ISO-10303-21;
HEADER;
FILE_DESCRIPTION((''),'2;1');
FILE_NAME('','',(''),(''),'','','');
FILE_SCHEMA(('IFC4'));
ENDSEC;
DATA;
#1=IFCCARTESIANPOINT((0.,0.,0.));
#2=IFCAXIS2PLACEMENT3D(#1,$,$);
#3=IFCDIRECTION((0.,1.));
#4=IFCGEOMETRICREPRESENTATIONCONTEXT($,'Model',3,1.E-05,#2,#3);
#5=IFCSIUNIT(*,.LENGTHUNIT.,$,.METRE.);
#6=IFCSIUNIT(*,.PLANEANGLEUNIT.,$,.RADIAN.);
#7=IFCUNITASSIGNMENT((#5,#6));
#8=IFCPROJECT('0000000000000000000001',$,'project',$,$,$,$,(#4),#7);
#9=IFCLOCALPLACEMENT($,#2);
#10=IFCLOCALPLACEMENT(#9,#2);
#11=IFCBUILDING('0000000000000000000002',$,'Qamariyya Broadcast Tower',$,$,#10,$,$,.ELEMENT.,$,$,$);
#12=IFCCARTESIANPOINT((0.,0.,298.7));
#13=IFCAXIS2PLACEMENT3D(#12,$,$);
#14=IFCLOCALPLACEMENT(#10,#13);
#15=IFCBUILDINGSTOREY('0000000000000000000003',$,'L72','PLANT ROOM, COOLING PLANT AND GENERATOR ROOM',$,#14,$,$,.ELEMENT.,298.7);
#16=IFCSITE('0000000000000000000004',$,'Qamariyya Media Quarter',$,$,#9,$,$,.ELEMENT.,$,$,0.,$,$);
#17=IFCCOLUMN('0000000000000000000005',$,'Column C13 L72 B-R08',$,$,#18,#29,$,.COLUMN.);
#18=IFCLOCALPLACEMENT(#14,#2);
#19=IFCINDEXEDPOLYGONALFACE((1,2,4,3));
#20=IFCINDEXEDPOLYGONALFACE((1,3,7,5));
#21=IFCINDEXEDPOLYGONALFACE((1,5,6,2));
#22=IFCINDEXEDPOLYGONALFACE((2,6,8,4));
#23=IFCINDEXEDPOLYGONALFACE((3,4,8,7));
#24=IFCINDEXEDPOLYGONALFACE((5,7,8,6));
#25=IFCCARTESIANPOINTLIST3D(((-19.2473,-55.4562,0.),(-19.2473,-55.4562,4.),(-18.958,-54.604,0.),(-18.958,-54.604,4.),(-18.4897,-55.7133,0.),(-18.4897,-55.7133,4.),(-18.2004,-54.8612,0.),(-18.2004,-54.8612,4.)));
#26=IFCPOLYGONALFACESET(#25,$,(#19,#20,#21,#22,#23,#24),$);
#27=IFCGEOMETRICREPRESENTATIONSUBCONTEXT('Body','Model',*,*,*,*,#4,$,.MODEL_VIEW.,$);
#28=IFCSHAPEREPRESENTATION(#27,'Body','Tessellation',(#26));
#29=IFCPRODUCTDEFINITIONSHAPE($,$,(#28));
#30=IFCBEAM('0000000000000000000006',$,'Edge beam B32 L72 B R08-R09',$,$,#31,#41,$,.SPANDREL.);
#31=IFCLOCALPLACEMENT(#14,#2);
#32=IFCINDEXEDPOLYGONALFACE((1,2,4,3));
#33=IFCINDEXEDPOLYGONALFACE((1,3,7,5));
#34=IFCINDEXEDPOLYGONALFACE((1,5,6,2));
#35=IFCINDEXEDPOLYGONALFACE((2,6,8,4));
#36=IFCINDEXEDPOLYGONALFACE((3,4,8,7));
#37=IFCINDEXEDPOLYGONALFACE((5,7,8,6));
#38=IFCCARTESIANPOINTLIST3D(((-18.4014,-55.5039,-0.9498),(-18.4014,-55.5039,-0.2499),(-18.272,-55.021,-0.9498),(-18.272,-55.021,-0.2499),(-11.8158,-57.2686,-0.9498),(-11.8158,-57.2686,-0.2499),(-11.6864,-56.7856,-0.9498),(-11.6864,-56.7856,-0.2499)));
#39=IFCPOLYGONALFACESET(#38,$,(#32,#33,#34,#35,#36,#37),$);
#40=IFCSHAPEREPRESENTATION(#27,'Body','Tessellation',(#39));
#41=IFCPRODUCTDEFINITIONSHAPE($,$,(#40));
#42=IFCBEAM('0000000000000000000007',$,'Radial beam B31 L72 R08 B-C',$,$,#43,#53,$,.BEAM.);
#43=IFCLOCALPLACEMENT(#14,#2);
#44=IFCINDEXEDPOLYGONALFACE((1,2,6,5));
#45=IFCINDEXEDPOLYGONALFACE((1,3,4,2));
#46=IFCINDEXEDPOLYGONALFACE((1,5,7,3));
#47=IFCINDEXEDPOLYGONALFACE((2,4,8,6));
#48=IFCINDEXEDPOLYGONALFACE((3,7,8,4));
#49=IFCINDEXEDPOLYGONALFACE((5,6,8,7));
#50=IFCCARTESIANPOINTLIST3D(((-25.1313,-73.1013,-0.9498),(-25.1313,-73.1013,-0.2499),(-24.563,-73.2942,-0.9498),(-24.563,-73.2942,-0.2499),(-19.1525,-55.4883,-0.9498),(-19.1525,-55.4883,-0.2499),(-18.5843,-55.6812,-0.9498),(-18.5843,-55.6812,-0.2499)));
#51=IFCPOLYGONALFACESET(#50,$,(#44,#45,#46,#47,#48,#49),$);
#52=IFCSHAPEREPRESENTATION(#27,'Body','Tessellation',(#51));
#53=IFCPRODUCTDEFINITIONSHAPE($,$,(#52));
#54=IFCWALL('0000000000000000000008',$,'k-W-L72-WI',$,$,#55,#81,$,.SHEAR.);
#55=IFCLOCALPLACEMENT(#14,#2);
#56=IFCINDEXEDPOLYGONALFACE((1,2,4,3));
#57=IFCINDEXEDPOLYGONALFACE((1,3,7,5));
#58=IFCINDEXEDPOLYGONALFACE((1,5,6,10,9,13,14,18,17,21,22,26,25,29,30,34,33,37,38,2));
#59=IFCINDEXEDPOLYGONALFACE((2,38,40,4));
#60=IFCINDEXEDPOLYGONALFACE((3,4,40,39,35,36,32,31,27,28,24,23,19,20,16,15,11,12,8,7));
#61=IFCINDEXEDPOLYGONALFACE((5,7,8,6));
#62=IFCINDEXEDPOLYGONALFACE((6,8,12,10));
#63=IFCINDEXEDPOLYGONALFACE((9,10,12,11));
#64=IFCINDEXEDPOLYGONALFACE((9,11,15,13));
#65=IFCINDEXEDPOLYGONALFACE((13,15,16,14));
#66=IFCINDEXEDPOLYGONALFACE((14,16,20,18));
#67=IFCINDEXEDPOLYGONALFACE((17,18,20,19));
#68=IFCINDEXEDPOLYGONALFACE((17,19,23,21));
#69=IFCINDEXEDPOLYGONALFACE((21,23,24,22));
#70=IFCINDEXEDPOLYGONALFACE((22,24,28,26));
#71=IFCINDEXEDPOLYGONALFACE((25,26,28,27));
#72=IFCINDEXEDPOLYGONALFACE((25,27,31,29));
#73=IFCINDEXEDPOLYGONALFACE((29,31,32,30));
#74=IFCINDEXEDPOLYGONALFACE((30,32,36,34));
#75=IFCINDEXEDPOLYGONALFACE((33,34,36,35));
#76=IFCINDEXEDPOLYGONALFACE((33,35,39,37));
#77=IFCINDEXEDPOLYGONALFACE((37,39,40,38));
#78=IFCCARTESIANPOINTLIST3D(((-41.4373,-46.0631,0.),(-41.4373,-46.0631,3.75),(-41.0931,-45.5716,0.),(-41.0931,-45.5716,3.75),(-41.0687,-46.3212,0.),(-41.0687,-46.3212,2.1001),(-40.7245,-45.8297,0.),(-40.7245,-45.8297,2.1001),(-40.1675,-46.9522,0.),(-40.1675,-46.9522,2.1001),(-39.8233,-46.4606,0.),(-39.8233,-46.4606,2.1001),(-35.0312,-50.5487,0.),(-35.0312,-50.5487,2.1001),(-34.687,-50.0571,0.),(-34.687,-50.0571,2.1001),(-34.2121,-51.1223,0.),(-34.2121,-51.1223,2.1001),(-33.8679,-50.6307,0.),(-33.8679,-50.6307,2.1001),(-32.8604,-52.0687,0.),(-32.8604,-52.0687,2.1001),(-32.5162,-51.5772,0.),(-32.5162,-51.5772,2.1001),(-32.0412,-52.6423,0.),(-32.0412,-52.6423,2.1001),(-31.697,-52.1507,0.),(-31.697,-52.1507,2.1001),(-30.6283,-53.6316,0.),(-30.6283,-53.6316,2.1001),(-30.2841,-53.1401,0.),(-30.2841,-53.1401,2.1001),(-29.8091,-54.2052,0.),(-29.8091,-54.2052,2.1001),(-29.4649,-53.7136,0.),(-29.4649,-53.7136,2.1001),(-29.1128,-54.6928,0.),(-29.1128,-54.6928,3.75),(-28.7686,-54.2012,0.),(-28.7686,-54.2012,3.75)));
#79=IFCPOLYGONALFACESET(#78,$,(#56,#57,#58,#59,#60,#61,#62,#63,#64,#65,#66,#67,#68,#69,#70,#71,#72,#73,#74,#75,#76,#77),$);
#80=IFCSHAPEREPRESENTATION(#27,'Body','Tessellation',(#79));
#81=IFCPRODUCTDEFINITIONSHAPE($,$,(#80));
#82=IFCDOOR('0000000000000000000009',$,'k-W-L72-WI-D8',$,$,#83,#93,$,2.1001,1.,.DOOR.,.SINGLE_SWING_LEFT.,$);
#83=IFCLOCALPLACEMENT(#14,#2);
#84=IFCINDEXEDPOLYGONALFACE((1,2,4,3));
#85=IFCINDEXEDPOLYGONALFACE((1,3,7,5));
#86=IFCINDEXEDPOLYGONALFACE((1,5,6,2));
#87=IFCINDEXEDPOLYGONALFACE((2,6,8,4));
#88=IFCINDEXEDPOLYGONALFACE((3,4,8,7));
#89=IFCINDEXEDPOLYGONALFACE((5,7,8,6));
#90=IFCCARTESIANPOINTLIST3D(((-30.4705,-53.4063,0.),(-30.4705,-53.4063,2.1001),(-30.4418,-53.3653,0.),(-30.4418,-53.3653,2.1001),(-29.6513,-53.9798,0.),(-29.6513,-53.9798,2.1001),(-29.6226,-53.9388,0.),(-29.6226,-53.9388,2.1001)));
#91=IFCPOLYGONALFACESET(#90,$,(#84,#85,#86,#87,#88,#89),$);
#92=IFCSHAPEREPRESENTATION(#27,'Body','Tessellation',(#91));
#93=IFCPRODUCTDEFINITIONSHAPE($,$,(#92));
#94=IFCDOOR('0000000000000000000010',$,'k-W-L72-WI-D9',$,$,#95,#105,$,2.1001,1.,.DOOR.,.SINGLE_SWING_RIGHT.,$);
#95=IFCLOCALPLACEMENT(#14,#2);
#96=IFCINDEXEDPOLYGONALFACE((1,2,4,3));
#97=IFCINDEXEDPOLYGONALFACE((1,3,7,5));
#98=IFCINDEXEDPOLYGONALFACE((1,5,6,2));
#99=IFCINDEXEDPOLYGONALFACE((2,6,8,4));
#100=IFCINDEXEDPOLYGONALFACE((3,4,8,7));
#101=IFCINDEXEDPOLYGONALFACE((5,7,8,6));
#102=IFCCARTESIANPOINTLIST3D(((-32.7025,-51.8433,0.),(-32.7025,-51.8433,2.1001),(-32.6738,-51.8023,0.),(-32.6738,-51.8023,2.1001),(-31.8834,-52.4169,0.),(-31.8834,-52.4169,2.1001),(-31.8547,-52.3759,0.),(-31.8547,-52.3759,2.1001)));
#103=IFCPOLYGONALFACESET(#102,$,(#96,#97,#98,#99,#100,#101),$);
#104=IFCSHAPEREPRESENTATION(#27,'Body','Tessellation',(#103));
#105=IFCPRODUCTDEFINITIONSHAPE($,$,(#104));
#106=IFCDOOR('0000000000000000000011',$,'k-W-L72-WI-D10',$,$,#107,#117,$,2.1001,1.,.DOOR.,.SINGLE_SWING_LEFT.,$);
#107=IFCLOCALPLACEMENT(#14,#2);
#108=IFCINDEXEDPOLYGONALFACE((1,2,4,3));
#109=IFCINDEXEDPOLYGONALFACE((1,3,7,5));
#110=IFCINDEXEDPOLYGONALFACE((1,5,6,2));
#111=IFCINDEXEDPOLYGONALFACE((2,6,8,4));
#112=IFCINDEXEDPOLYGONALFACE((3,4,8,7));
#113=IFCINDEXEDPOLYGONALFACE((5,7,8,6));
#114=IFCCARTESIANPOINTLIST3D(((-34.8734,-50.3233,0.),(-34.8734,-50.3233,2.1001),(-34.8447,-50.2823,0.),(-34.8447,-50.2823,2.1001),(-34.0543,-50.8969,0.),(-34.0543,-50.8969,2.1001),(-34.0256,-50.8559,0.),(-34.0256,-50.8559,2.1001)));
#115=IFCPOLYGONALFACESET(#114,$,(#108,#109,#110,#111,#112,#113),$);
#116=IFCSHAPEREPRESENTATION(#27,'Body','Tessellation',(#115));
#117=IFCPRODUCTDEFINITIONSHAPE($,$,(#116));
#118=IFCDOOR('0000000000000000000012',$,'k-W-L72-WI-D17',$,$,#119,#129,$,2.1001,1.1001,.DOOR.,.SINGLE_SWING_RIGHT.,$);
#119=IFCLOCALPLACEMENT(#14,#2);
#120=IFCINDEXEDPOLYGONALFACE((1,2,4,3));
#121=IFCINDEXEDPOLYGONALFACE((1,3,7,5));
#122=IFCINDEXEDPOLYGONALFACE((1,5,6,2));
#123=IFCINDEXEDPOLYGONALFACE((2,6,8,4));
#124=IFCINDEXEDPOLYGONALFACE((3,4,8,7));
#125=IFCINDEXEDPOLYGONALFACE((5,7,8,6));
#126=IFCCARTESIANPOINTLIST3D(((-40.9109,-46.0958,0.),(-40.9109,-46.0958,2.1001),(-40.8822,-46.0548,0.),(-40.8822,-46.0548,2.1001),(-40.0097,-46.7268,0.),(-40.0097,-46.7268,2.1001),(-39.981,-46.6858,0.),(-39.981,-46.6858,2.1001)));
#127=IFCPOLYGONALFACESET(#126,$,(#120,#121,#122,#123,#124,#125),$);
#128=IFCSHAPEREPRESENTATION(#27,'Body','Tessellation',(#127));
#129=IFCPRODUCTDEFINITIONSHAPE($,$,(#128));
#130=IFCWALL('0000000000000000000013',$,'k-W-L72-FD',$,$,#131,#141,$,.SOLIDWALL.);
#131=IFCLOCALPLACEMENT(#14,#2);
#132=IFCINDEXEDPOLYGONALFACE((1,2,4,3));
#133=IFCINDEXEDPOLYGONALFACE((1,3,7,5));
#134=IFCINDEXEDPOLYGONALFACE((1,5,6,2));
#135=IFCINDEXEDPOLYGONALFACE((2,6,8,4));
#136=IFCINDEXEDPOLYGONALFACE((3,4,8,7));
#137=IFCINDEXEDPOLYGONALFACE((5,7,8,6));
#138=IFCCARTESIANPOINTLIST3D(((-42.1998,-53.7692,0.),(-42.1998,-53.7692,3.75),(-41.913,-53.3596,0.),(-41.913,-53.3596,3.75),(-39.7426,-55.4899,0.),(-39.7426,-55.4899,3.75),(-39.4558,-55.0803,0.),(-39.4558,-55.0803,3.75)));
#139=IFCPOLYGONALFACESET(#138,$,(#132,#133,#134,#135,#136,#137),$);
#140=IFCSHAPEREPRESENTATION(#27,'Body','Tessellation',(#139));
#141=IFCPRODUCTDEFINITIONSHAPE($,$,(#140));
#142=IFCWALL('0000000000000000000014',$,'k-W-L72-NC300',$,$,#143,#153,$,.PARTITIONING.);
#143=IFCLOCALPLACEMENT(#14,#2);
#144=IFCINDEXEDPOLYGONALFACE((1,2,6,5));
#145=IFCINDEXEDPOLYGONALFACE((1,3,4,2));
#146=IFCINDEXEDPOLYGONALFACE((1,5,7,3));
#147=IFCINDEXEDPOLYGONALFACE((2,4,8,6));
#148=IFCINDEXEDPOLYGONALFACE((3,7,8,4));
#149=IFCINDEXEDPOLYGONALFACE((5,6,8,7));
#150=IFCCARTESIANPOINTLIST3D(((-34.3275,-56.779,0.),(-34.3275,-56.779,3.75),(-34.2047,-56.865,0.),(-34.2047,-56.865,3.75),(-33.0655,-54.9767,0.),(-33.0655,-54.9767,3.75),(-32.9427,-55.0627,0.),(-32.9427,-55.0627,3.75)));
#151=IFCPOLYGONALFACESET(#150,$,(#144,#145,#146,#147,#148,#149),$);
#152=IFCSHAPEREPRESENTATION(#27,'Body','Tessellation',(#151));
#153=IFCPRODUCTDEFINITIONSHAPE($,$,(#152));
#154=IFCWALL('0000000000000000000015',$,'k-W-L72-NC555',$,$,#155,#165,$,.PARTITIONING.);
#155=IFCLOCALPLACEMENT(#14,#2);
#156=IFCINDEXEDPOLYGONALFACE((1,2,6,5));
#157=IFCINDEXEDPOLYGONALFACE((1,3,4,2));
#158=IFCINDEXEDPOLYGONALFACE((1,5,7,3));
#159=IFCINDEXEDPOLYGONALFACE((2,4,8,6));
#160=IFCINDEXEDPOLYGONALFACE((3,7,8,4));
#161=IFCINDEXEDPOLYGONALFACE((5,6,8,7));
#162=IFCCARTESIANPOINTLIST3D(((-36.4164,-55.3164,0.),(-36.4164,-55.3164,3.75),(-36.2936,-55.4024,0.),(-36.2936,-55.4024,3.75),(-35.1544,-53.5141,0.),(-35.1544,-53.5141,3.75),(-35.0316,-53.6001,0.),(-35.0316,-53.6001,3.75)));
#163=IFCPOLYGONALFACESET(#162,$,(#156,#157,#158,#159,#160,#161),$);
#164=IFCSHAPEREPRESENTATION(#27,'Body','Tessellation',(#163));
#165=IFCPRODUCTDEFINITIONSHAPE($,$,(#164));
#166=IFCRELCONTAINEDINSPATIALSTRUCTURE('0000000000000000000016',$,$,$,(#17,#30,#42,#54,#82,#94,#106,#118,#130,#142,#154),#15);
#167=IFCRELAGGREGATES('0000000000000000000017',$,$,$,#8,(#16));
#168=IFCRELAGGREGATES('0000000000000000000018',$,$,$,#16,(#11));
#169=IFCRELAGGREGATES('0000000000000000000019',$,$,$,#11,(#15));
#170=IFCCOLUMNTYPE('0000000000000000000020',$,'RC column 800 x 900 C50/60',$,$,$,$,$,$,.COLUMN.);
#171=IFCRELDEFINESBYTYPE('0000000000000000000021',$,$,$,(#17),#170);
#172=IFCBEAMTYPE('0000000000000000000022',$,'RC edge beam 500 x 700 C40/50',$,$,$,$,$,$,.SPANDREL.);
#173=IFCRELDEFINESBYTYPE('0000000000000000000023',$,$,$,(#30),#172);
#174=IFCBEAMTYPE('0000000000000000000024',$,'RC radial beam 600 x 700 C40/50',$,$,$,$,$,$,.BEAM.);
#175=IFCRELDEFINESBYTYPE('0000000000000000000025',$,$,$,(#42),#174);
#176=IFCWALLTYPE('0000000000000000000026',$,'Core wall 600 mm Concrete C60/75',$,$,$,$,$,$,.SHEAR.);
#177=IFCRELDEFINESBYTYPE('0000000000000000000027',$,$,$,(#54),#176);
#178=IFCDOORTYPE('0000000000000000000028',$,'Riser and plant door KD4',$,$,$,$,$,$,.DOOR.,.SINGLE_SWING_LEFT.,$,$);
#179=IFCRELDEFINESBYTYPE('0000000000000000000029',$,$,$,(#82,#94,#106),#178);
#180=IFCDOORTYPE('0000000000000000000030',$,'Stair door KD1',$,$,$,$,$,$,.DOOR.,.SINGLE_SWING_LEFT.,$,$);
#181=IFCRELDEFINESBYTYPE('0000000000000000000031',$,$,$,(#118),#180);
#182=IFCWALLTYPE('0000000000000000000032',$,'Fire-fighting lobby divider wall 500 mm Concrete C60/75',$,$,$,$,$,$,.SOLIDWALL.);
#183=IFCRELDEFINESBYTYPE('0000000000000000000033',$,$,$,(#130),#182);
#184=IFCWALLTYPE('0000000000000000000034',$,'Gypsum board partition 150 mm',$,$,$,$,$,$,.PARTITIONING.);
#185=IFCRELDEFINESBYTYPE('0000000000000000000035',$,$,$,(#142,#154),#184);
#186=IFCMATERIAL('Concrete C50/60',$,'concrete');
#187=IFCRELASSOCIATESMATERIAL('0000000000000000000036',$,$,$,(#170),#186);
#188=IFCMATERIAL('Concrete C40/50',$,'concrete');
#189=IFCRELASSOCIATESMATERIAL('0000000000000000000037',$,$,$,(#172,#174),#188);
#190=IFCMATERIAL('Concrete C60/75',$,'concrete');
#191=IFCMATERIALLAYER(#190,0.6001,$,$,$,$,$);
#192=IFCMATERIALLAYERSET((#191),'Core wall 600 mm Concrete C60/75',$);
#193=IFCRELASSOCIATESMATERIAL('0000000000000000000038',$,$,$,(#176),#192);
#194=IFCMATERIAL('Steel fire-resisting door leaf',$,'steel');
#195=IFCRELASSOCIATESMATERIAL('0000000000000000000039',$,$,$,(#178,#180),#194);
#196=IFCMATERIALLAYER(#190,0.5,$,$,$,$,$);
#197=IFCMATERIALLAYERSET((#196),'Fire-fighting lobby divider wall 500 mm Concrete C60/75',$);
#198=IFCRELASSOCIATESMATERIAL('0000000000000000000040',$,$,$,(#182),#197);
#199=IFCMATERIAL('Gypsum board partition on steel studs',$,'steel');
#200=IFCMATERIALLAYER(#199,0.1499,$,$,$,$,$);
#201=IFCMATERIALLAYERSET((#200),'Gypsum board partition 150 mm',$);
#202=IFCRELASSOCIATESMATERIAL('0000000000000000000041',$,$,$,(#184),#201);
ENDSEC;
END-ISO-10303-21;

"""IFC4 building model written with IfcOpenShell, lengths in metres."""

from ifc_helpers import new_model, si_unit, direction, frame, frame_2d, origin, origin_2d, place, context, subcontext, project, spatial, rectangle, extrude, material, layer, layer_set, material_profile, profile_set, type_object, element, fill, save


model = new_model("IFC4")

# Units and contexts
model_context = context("Model", 3, precision=1e-05, world=origin(), true_north=direction((0.0, 1.0)))
body_context = subcontext(model_context, "Body", "Model", "MODEL_VIEW")
ifc_project = project(units=[si_unit("LENGTHUNIT", "METRE"), si_unit("PLANEANGLEUNIT", "RADIAN")], contexts=[model_context])

# Site, building, storey
site_placement = place(None, origin())
site = spatial("IfcSite", under=ifc_project, at=site_placement, Name="Qamariyya Media Quarter", CompositionType="ELEMENT", RefElevation=0.0)
building_placement = place(site_placement, origin())
building = spatial("IfcBuilding", under=site, at=building_placement, Name="Qamariyya Broadcast Tower", CompositionType="ELEMENT")
storey_placement = place(building_placement, frame((0.0, 0.0, 298.7)))
storey = spatial("IfcBuildingStorey", under=building, at=storey_placement, Name="L72", Description="PLANT ROOM, COOLING PLANT AND GENERATOR ROOM", CompositionType="ELEMENT", Elevation=298.7)

# Column
ifc_material_1 = material(Name="Concrete C50/60", Category="concrete")
ifc_material_profile_1 = material_profile(ifc_material_1, rectangle(XDim=0.8, YDim=0.8999, at=origin_2d()))
ifc_profile_set_1 = profile_set([ifc_material_profile_1], Name="Concrete C50/60")
column_type = type_object("IfcColumnType", Name="RC column 800 x 900 C50/60", PredefinedType="COLUMN", material=ifc_profile_set_1)
column_placement = place(storey_placement, frame((-18.7239, -55.1587, 0.0), z_axis=(0.0, 0.0, 1.0), x_axis=(0.94693, -0.321439, 0.0)))
element("IfcColumn", 1, at=column_placement, inside=storey, type_object=column_type, Name="Column C13 L72 B-R08", PredefinedType="COLUMN", context=body_context, shape_type="SweptSolid", body=[
    extrude(rectangle(XDim=0.8, YDim=0.8999, at=origin_2d()), origin(), (0.0, 0.0, 1.0), 4.0),
])

# Beams
ifc_material_2 = material(Name="Concrete C40/50", Category="concrete")
ifc_material_profile_2 = material_profile(ifc_material_2, rectangle(XDim=0.5, YDim=0.7, at=origin_2d()))
ifc_profile_set_2 = profile_set([ifc_material_profile_2], Name="Concrete C40/50")
beam_type_1 = type_object("IfcBeamType", Name="RC edge beam 500 x 700 C40/50", PredefinedType="SPANDREL", material=ifc_profile_set_2)
beam_1_placement = place(storey_placement, frame((-18.3367, -55.2625, -0.5999), z_axis=(0.965923, -0.25883, 0.0), x_axis=(0.25883, 0.965923, 0.0)))
element("IfcBeam", 2, at=beam_1_placement, inside=storey, type_object=beam_type_1, Name="Edge beam B32 L72 B R08-R09", PredefinedType="SPANDREL", context=body_context, shape_type="SweptSolid", body=[
    extrude(rectangle(XDim=0.5, YDim=0.7, at=origin_2d()), origin(), (0.0, 0.0, 1.0), 6.8179),
])
ifc_material_profile_3 = material_profile(ifc_material_2, rectangle(XDim=0.6001, YDim=0.7, at=origin_2d()))
ifc_profile_set_3 = profile_set([ifc_material_profile_3], Name="Concrete C40/50")
beam_type_2 = type_object("IfcBeamType", Name="RC radial beam 600 x 700 C40/50", PredefinedType="BEAM", material=ifc_profile_set_3)
beam_2_placement = place(storey_placement, frame((-18.8684, -55.5847, -0.5999), z_axis=(-0.321437, -0.946931, 0.0), x_axis=(0.946931, -0.321437, 0.0)))
element("IfcBeam", 3, at=beam_2_placement, inside=storey, type_object=beam_type_2, Name="Radial beam B31 L72 R08 B-C", PredefinedType="BEAM", context=body_context, shape_type="SweptSolid", body=[
    extrude(rectangle(XDim=0.6001, YDim=0.7, at=origin_2d()), origin(), (0.0, 0.0, 1.0), 18.6001),
])

# Wall, openings, doors
ifc_material_3 = material(Name="Concrete C60/75", Category="concrete")
ifc_layer_1 = layer(ifc_material_3, 0.6001)
ifc_layer_set_1 = layer_set([ifc_layer_1], Name="Core wall 600 mm Concrete C60/75")
wall_type_1 = type_object("IfcWallType", Name="Core wall 600 mm Concrete C60/75", PredefinedType="SHEAR", material=ifc_layer_set_1)
wall_1_placement = place(storey_placement, frame((-28.9407, -54.447, 0.0), z_axis=(0.0, 0.0, 1.0), x_axis=(-0.819153, 0.573575, 0.0)))
wall_1 = element("IfcWall", 4, at=wall_1_placement, inside=storey, type_object=wall_type_1, Name="k-W-L72-WI", PredefinedType="SHEAR", context=body_context, shape_type="SweptSolid", body=[
    extrude(rectangle(XDim=15.0454, YDim=0.6001, at=frame_2d((7.5227, 0.0))), origin(), (0.0, 0.0, 1.0), 3.75),
])
opening_1_placement = place(wall_1_placement, frame((0.8501, 0.0, 0.0)))
opening_1 = element("IfcOpeningElement", 5, at=opening_1_placement, cuts=wall_1, PredefinedType="OPENING", context=body_context, shape_type="SweptSolid", body=[
    extrude(rectangle(XDim=1.0, YDim=2.1001, at=frame_2d((0.5, 1.05))), frame((0.0, 0.3101, 0.0), z_axis=(0.0, -1.0, 0.0), x_axis=(1.0, 0.0, 0.0)), (0.0, 0.0, 1.0), 0.6201),
])
opening_2_placement = place(wall_1_placement, frame((3.575, 0.0, 0.0)))
opening_2 = element("IfcOpeningElement", 6, at=opening_2_placement, cuts=wall_1, PredefinedType="OPENING", context=body_context, shape_type="SweptSolid", body=[
    extrude(rectangle(XDim=1.0, YDim=2.1001, at=frame_2d((0.5, 1.05))), frame((0.0, 0.3101, 0.0), z_axis=(0.0, -1.0, 0.0), x_axis=(1.0, 0.0, 0.0)), (0.0, 0.0, 1.0), 0.6201),
])
opening_3_placement = place(wall_1_placement, frame((6.2251, 0.0, 0.0)))
opening_3 = element("IfcOpeningElement", 7, at=opening_3_placement, cuts=wall_1, PredefinedType="OPENING", context=body_context, shape_type="SweptSolid", body=[
    extrude(rectangle(XDim=1.0, YDim=2.1001, at=frame_2d((0.5, 1.05))), frame((0.0, 0.3101, 0.0), z_axis=(0.0, -1.0, 0.0), x_axis=(1.0, 0.0, 0.0)), (0.0, 0.0, 1.0), 0.6201),
])
opening_4_placement = place(wall_1_placement, frame((13.4954, 0.0, 0.0)))
opening_4 = element("IfcOpeningElement", 8, at=opening_4_placement, cuts=wall_1, PredefinedType="OPENING", context=body_context, shape_type="SweptSolid", body=[
    extrude(rectangle(XDim=1.1001, YDim=2.1001, at=frame_2d((0.55, 1.05))), frame((0.0, 0.3101, 0.0), z_axis=(0.0, -1.0, 0.0), x_axis=(1.0, 0.0, 0.0)), (0.0, 0.0, 1.0), 0.6201),
])
ifc_material_4 = material(Name="Steel fire-resisting door leaf", Category="steel")
door_type_1 = type_object("IfcDoorType", Name="Riser and plant door KD4", OperationType="SINGLE_SWING_LEFT", PredefinedType="DOOR", material=ifc_material_4)
door_1_placement = place(opening_1_placement, origin())
door_1 = element("IfcDoor", 9, at=door_1_placement, inside=storey, type_object=door_type_1, Name="k-W-L72-WI-D8", OperationType="SINGLE_SWING_LEFT", OverallHeight=2.1001, OverallWidth=1.0, PredefinedType="DOOR", context=body_context, shape_type="SweptSolid", body=[
    extrude(rectangle(XDim=1.0, YDim=2.1001, at=frame_2d((0.5, 1.05))), frame((0.0, 0.0249, 0.0), z_axis=(0.0, -1.0, 0.0), x_axis=(1.0, 0.0, 0.0)), (0.0, 0.0, 1.0), 0.05),
])
fill(opening_1, door_1)
door_2_placement = place(opening_2_placement, origin())
door_2 = element("IfcDoor", 10, at=door_2_placement, inside=storey, type_object=door_type_1, Name="k-W-L72-WI-D9", OperationType="SINGLE_SWING_RIGHT", OverallHeight=2.1001, OverallWidth=1.0, PredefinedType="DOOR", context=body_context, shape_type="SweptSolid", body=[
    extrude(rectangle(XDim=1.0, YDim=2.1001, at=frame_2d((0.5, 1.05))), frame((0.0, 0.0249, 0.0), z_axis=(0.0, -1.0, 0.0), x_axis=(1.0, 0.0, 0.0)), (0.0, 0.0, 1.0), 0.05),
])
fill(opening_2, door_2)
door_3_placement = place(opening_3_placement, origin())
door_3 = element("IfcDoor", 11, at=door_3_placement, inside=storey, type_object=door_type_1, Name="k-W-L72-WI-D10", OperationType="SINGLE_SWING_LEFT", OverallHeight=2.1001, OverallWidth=1.0, PredefinedType="DOOR", context=body_context, shape_type="SweptSolid", body=[
    extrude(rectangle(XDim=1.0, YDim=2.1001, at=frame_2d((0.5, 1.05))), frame((0.0, 0.0249, 0.0), z_axis=(0.0, -1.0, 0.0), x_axis=(1.0, 0.0, 0.0)), (0.0, 0.0, 1.0), 0.05),
])
fill(opening_3, door_3)
door_type_2 = type_object("IfcDoorType", Name="Stair door KD1", OperationType="SINGLE_SWING_LEFT", PredefinedType="DOOR", material=ifc_material_4)
door_4_placement = place(opening_4_placement, origin())
door_4 = element("IfcDoor", 12, at=door_4_placement, inside=storey, type_object=door_type_2, Name="k-W-L72-WI-D17", OperationType="SINGLE_SWING_RIGHT", OverallHeight=2.1001, OverallWidth=1.1001, PredefinedType="DOOR", context=body_context, shape_type="SweptSolid", body=[
    extrude(rectangle(XDim=1.1001, YDim=2.1001, at=frame_2d((0.55, 1.05))), frame((0.0, 0.0249, 0.0), z_axis=(0.0, -1.0, 0.0), x_axis=(1.0, 0.0, 0.0)), (0.0, 0.0, 1.0), 0.05),
])
fill(opening_4, door_4)

# Walls
ifc_layer_2 = layer(ifc_material_3, 0.5)
ifc_layer_set_2 = layer_set([ifc_layer_2], Name="Fire-fighting lobby divider wall 500 mm Concrete C60/75")
wall_type_2 = type_object("IfcWallType", Name="Fire-fighting lobby divider wall 500 mm Concrete C60/75", PredefinedType="SOLIDWALL", material=ifc_layer_set_2)
wall_2_placement = place(storey_placement, frame((-39.5991, -55.2852, 0.0), z_axis=(0.0, 0.0, 1.0), x_axis=(-0.819136, 0.573599, 0.0)))
element("IfcWall", 13, at=wall_2_placement, inside=storey, type_object=wall_type_2, Name="k-W-L72-FD", PredefinedType="SOLIDWALL", context=body_context, shape_type="SweptSolid", body=[
    extrude(rectangle(XDim=2.9998, YDim=0.5, at=frame_2d((1.5, 0.0))), origin(), (0.0, 0.0, 1.0), 3.75),
])
ifc_material_5 = material(Name="Gypsum board partition on steel studs", Category="steel")
ifc_layer_3 = layer(ifc_material_5, 0.1499)
ifc_layer_set_3 = layer_set([ifc_layer_3], Name="Gypsum board partition 150 mm")
wall_type_3 = type_object("IfcWallType", Name="Gypsum board partition 150 mm", PredefinedType="PARTITIONING", material=ifc_layer_set_3)
for number, where, z_axis, x_axis, name in (
    (14, (-34.2661, -56.822, 0.0), (0.0, 0.0, 1.0), (0.573581, 0.819149, 0.0), "k-W-L72-NC300"),
    (15, (-36.355, -55.3594, 0.0), (0.0, 0.0, 1.0), (0.573581, 0.819149, 0.0), "k-W-L72-NC555"),
):
    element("IfcWall", number, at=place(storey_placement, frame(where, z_axis=z_axis, x_axis=x_axis)), inside=storey, type_object=wall_type_3, Name=name, PredefinedType="PARTITIONING", context=body_context, shape_type="SweptSolid", body=[
        extrude(rectangle(XDim=2.2002, YDim=0.1499, at=frame_2d((1.1001, 0.0))), origin(), (0.0, 0.0, 1.0), 3.75),
    ])

save(model, "model.ifc")
